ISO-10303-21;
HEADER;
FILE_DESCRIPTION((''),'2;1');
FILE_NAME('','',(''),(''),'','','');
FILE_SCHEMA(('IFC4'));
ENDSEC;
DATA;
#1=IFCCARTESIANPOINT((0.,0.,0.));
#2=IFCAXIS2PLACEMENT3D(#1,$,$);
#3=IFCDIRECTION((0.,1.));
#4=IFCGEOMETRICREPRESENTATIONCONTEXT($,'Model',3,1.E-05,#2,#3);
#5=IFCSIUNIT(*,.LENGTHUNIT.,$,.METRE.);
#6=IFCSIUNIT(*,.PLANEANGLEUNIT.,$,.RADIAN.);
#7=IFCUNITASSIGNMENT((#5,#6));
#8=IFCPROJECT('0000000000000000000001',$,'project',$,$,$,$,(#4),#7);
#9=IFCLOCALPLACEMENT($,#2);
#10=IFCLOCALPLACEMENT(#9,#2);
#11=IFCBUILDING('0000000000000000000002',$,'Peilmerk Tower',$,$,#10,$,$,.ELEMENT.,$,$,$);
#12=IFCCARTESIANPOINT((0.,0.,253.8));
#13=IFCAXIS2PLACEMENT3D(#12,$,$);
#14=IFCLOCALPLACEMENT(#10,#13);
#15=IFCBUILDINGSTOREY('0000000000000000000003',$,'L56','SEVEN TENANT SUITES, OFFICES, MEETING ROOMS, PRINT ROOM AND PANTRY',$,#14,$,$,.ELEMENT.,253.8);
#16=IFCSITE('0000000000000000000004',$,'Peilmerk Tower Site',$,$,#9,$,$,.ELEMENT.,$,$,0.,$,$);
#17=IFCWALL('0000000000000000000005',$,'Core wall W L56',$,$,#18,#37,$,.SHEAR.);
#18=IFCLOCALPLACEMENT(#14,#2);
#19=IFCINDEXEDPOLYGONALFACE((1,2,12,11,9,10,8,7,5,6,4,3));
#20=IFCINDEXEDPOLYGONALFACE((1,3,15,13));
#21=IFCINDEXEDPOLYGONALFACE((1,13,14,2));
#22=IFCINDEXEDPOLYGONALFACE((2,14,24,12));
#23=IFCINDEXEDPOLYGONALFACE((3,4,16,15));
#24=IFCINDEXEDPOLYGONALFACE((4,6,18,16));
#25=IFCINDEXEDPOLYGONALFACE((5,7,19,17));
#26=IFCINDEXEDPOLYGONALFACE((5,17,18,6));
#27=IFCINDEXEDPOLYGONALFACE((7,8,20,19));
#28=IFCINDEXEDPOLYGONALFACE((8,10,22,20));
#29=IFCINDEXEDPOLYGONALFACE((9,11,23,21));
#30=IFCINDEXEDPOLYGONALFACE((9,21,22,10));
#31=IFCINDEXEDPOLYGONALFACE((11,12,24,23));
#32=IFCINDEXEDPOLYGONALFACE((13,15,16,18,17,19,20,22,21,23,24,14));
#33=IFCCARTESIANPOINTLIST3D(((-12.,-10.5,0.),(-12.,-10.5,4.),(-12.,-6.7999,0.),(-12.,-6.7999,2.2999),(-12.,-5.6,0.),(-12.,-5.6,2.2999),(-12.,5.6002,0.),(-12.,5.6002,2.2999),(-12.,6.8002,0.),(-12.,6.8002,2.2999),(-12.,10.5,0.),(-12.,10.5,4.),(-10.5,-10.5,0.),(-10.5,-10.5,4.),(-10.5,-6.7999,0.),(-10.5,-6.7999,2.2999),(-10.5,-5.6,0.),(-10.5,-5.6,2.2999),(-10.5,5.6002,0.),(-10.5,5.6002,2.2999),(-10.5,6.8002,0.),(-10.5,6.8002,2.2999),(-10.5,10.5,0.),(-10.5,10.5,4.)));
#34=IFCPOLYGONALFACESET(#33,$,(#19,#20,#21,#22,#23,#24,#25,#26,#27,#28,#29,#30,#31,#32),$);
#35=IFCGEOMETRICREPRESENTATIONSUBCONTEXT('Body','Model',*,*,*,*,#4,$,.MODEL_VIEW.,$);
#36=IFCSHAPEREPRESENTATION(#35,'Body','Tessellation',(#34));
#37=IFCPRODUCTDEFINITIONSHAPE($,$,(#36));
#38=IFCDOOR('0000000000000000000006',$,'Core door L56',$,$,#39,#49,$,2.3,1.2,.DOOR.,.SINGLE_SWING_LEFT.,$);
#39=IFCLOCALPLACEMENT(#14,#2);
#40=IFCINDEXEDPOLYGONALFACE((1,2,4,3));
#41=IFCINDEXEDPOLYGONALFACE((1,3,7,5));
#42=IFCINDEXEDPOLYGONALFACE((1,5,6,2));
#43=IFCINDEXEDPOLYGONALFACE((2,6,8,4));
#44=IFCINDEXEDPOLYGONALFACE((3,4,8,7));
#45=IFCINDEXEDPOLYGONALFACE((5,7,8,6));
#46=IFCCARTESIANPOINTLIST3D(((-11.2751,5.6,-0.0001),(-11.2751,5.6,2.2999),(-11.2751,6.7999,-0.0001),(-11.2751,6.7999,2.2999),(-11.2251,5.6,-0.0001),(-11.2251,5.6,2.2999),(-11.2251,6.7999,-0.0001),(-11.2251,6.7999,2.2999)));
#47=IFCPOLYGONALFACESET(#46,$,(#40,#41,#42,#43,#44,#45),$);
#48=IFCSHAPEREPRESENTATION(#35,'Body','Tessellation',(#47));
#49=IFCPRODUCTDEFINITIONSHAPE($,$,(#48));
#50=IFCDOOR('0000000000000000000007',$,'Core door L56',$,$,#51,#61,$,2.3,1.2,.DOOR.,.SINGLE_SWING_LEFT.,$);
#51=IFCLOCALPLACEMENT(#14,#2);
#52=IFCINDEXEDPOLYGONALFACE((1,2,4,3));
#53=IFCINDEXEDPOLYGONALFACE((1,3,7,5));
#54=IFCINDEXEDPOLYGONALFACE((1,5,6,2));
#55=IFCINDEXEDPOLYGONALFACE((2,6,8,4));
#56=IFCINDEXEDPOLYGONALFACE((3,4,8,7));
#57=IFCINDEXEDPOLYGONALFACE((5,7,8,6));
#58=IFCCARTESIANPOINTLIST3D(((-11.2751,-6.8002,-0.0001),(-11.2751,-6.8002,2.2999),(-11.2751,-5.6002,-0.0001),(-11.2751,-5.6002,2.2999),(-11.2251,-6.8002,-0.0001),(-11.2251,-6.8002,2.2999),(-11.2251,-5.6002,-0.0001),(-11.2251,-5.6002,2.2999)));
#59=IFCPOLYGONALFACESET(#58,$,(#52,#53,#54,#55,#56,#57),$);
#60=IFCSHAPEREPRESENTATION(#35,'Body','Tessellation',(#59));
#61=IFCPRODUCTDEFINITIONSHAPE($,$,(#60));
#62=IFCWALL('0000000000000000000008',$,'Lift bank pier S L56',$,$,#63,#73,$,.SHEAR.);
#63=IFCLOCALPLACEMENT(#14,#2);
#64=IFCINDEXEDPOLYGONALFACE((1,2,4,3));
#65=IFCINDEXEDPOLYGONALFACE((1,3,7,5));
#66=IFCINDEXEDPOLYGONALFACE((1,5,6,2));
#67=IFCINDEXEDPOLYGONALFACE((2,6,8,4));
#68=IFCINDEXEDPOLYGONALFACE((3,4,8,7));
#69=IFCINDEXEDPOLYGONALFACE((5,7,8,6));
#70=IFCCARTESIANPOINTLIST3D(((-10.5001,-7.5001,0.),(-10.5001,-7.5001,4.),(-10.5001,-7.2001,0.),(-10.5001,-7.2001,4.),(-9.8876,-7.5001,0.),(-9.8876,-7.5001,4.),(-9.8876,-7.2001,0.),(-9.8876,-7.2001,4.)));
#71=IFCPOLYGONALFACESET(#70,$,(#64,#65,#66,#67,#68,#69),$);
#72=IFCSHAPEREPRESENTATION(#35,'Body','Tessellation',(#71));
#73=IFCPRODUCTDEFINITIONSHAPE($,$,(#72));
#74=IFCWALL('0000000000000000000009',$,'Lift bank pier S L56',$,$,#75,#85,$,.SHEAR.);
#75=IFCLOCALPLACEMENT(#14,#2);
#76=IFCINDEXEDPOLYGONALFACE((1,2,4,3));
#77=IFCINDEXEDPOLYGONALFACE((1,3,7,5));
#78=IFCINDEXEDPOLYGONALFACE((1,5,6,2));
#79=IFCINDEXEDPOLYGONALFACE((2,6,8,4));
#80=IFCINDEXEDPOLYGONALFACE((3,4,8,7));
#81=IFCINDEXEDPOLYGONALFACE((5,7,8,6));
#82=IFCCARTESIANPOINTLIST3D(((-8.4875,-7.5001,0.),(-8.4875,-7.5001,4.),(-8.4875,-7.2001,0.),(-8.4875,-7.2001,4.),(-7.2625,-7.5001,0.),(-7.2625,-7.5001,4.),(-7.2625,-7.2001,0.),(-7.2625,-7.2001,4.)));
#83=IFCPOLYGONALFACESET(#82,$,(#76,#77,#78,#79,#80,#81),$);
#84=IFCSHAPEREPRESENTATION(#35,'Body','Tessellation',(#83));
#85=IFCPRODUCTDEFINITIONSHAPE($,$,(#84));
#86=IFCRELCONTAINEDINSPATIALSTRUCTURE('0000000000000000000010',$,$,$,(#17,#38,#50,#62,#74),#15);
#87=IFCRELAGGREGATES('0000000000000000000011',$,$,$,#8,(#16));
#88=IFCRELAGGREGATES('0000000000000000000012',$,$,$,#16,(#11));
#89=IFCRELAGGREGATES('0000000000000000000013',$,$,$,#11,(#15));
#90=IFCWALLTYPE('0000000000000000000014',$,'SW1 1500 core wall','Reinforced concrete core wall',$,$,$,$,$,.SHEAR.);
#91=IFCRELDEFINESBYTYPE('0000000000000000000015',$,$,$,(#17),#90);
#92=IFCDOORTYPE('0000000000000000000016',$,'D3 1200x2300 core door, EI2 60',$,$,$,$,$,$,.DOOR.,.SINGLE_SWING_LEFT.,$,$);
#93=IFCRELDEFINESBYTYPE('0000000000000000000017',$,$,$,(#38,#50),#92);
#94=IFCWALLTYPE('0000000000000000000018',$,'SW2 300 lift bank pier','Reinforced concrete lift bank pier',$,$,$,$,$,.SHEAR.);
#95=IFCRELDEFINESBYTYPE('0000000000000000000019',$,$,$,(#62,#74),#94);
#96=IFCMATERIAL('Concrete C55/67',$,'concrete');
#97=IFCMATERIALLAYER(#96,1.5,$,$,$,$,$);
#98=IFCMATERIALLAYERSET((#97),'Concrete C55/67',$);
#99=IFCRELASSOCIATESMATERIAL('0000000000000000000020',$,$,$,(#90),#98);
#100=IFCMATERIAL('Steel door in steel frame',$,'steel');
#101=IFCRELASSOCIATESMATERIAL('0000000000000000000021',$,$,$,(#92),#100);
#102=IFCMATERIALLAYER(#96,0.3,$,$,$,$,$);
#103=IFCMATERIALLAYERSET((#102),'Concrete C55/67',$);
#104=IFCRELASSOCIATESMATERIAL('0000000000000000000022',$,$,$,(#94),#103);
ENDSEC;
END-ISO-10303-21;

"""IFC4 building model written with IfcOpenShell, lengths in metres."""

from ifc_helpers import new_model, si_unit, direction, frame, frame_2d, origin, place, context, subcontext, project, spatial, rectangle, extrude, material, layer, layer_set, type_object, element, fill, save


model = new_model("IFC4")

# Units and contexts
model_context = context("Model", 3, precision=1e-05, world=origin(), true_north=direction((0.0, 1.0)))
body_context = subcontext(model_context, "Body", "Model", "MODEL_VIEW")
ifc_project = project(units=[si_unit("LENGTHUNIT", "METRE"), si_unit("PLANEANGLEUNIT", "RADIAN")], contexts=[model_context])

# Site, building, storey
site_placement = place(None, origin())
site = spatial("IfcSite", under=ifc_project, at=site_placement, Name="Peilmerk Tower Site", CompositionType="ELEMENT", RefElevation=0.0)
building_placement = place(site_placement, origin())
building = spatial("IfcBuilding", under=site, at=building_placement, Name="Peilmerk Tower", CompositionType="ELEMENT")
storey_placement = place(building_placement, frame((0.0, 0.0, 253.8)))
storey = spatial("IfcBuildingStorey", under=building, at=storey_placement, Name="L56", Description="SEVEN TENANT SUITES, OFFICES, MEETING ROOMS, PRINT ROOM AND PANTRY", CompositionType="ELEMENT", Elevation=253.8)

# Wall, openings, doors
ifc_material_1 = material(Name="Concrete C55/67", Category="concrete")
ifc_layer_1 = layer(ifc_material_1, 1.5)
ifc_layer_set_1 = layer_set([ifc_layer_1], Name="Concrete C55/67")
wall_type_1 = type_object("IfcWallType", Name="SW1 1500 core wall", Description="Reinforced concrete core wall", PredefinedType="SHEAR", material=ifc_layer_set_1)
wall_1_placement = place(storey_placement, frame((-11.25, -10.5, 0.0), z_axis=(0.0, 0.0, 1.0), x_axis=(0.0, 1.0, 0.0)))
wall_1 = element("IfcWall", 1, at=wall_1_placement, inside=storey, type_object=wall_type_1, Name="Core wall W L56", PredefinedType="SHEAR", context=body_context, shape_type="SweptSolid", body=[
    extrude(rectangle(XDim=21.0, YDim=1.5, at=frame_2d((10.5, 0.0))), origin(), (0.0, 0.0, 1.0), 4.0),
])
opening_1_placement = place(wall_1_placement, frame((16.1001, 0.0, 0.0)))
opening_1 = element("IfcOpeningElement", 2, at=opening_1_placement, cuts=wall_1, PredefinedType="OPENING", context=body_context, shape_type="SweptSolid", body=[
    extrude(rectangle(XDim=1.2, YDim=2.3, at=frame_2d((0.6001, 1.1499))), frame((0.0, 0.76, 0.0), z_axis=(0.0, -1.0, 0.0), x_axis=(1.0, 0.0, 0.0)), (0.0, 0.0, 1.0), 1.52),
])
opening_2_placement = place(wall_1_placement, frame((3.7, 0.0, 0.0)))
opening_2 = element("IfcOpeningElement", 3, at=opening_2_placement, cuts=wall_1, PredefinedType="OPENING", context=body_context, shape_type="SweptSolid", body=[
    extrude(rectangle(XDim=1.2, YDim=2.3, at=frame_2d((0.6001, 1.1499))), frame((0.0, 0.76, 0.0), z_axis=(0.0, -1.0, 0.0), x_axis=(1.0, 0.0, 0.0)), (0.0, 0.0, 1.0), 1.52),
])
ifc_material_2 = material(Name="Steel door in steel frame", Category="steel")
door_type_1 = type_object("IfcDoorType", Name="D3 1200x2300 core door, EI2 60", OperationType="SINGLE_SWING_LEFT", PredefinedType="DOOR", material=ifc_material_2)
door_1_placement = place(opening_1_placement, frame((1.2, 0.0, 0.0), z_axis=(0.0, 0.0, 1.0), x_axis=(-1.0, 0.0, 0.0)))
door_1 = element("IfcDoor", 4, at=door_1_placement, inside=storey, type_object=door_type_1, Name="Core door L56", OperationType="SINGLE_SWING_LEFT", OverallHeight=2.3, OverallWidth=1.2, PredefinedType="DOOR", context=body_context, shape_type="SweptSolid", body=[
    extrude(rectangle(XDim=1.2, YDim=2.3, at=frame_2d((0.6001, 1.1499))), frame((0.0, 0.0249, 0.0), z_axis=(0.0, -1.0, 0.0), x_axis=(1.0, 0.0, 0.0)), (0.0, 0.0, 1.0), 0.05),
])
fill(opening_1, door_1)
door_2_placement = place(opening_2_placement, frame((1.2, 0.0, 0.0), z_axis=(0.0, 0.0, 1.0), x_axis=(-1.0, 0.0, 0.0)))
door_2 = element("IfcDoor", 5, at=door_2_placement, inside=storey, type_object=door_type_1, Name="Core door L56", OperationType="SINGLE_SWING_LEFT", OverallHeight=2.3, OverallWidth=1.2, PredefinedType="DOOR", context=body_context, shape_type="SweptSolid", body=[
    extrude(rectangle(XDim=1.2, YDim=2.3, at=frame_2d((0.6001, 1.1499))), frame((0.0, 0.0249, 0.0), z_axis=(0.0, -1.0, 0.0), x_axis=(1.0, 0.0, 0.0)), (0.0, 0.0, 1.0), 0.05),
])
fill(opening_2, door_2)

# Walls
ifc_layer_2 = layer(ifc_material_1, 0.3)
ifc_layer_set_2 = layer_set([ifc_layer_2], Name="Concrete C55/67")
wall_type_2 = type_object("IfcWallType", Name="SW2 300 lift bank pier", Description="Reinforced concrete lift bank pier", PredefinedType="SHEAR", material=ifc_layer_set_2)
wall_2_placement = place(storey_placement, frame((-10.5, -7.3501, 0.0), z_axis=(0.0, 0.0, 1.0), x_axis=(1.0, 0.0, 0.0)))
element("IfcWall", 6, at=wall_2_placement, inside=storey, type_object=wall_type_2, Name="Lift bank pier S L56", PredefinedType="SHEAR", context=body_context, shape_type="SweptSolid", body=[
    extrude(rectangle(XDim=0.6125, YDim=0.3, at=frame_2d((0.3062, 0.0))), origin(), (0.0, 0.0, 1.0), 4.0),
])
wall_3_placement = place(storey_placement, frame((-8.4875, -7.3501, 0.0), z_axis=(0.0, 0.0, 1.0), x_axis=(1.0, 0.0, 0.0)))
element("IfcWall", 7, at=wall_3_placement, inside=storey, type_object=wall_type_2, Name="Lift bank pier S L56", PredefinedType="SHEAR", context=body_context, shape_type="SweptSolid", body=[
    extrude(rectangle(XDim=1.2251, YDim=0.3, at=frame_2d((0.6125, 0.0))), origin(), (0.0, 0.0, 1.0), 4.0),
])

save(model, "model.ifc")
